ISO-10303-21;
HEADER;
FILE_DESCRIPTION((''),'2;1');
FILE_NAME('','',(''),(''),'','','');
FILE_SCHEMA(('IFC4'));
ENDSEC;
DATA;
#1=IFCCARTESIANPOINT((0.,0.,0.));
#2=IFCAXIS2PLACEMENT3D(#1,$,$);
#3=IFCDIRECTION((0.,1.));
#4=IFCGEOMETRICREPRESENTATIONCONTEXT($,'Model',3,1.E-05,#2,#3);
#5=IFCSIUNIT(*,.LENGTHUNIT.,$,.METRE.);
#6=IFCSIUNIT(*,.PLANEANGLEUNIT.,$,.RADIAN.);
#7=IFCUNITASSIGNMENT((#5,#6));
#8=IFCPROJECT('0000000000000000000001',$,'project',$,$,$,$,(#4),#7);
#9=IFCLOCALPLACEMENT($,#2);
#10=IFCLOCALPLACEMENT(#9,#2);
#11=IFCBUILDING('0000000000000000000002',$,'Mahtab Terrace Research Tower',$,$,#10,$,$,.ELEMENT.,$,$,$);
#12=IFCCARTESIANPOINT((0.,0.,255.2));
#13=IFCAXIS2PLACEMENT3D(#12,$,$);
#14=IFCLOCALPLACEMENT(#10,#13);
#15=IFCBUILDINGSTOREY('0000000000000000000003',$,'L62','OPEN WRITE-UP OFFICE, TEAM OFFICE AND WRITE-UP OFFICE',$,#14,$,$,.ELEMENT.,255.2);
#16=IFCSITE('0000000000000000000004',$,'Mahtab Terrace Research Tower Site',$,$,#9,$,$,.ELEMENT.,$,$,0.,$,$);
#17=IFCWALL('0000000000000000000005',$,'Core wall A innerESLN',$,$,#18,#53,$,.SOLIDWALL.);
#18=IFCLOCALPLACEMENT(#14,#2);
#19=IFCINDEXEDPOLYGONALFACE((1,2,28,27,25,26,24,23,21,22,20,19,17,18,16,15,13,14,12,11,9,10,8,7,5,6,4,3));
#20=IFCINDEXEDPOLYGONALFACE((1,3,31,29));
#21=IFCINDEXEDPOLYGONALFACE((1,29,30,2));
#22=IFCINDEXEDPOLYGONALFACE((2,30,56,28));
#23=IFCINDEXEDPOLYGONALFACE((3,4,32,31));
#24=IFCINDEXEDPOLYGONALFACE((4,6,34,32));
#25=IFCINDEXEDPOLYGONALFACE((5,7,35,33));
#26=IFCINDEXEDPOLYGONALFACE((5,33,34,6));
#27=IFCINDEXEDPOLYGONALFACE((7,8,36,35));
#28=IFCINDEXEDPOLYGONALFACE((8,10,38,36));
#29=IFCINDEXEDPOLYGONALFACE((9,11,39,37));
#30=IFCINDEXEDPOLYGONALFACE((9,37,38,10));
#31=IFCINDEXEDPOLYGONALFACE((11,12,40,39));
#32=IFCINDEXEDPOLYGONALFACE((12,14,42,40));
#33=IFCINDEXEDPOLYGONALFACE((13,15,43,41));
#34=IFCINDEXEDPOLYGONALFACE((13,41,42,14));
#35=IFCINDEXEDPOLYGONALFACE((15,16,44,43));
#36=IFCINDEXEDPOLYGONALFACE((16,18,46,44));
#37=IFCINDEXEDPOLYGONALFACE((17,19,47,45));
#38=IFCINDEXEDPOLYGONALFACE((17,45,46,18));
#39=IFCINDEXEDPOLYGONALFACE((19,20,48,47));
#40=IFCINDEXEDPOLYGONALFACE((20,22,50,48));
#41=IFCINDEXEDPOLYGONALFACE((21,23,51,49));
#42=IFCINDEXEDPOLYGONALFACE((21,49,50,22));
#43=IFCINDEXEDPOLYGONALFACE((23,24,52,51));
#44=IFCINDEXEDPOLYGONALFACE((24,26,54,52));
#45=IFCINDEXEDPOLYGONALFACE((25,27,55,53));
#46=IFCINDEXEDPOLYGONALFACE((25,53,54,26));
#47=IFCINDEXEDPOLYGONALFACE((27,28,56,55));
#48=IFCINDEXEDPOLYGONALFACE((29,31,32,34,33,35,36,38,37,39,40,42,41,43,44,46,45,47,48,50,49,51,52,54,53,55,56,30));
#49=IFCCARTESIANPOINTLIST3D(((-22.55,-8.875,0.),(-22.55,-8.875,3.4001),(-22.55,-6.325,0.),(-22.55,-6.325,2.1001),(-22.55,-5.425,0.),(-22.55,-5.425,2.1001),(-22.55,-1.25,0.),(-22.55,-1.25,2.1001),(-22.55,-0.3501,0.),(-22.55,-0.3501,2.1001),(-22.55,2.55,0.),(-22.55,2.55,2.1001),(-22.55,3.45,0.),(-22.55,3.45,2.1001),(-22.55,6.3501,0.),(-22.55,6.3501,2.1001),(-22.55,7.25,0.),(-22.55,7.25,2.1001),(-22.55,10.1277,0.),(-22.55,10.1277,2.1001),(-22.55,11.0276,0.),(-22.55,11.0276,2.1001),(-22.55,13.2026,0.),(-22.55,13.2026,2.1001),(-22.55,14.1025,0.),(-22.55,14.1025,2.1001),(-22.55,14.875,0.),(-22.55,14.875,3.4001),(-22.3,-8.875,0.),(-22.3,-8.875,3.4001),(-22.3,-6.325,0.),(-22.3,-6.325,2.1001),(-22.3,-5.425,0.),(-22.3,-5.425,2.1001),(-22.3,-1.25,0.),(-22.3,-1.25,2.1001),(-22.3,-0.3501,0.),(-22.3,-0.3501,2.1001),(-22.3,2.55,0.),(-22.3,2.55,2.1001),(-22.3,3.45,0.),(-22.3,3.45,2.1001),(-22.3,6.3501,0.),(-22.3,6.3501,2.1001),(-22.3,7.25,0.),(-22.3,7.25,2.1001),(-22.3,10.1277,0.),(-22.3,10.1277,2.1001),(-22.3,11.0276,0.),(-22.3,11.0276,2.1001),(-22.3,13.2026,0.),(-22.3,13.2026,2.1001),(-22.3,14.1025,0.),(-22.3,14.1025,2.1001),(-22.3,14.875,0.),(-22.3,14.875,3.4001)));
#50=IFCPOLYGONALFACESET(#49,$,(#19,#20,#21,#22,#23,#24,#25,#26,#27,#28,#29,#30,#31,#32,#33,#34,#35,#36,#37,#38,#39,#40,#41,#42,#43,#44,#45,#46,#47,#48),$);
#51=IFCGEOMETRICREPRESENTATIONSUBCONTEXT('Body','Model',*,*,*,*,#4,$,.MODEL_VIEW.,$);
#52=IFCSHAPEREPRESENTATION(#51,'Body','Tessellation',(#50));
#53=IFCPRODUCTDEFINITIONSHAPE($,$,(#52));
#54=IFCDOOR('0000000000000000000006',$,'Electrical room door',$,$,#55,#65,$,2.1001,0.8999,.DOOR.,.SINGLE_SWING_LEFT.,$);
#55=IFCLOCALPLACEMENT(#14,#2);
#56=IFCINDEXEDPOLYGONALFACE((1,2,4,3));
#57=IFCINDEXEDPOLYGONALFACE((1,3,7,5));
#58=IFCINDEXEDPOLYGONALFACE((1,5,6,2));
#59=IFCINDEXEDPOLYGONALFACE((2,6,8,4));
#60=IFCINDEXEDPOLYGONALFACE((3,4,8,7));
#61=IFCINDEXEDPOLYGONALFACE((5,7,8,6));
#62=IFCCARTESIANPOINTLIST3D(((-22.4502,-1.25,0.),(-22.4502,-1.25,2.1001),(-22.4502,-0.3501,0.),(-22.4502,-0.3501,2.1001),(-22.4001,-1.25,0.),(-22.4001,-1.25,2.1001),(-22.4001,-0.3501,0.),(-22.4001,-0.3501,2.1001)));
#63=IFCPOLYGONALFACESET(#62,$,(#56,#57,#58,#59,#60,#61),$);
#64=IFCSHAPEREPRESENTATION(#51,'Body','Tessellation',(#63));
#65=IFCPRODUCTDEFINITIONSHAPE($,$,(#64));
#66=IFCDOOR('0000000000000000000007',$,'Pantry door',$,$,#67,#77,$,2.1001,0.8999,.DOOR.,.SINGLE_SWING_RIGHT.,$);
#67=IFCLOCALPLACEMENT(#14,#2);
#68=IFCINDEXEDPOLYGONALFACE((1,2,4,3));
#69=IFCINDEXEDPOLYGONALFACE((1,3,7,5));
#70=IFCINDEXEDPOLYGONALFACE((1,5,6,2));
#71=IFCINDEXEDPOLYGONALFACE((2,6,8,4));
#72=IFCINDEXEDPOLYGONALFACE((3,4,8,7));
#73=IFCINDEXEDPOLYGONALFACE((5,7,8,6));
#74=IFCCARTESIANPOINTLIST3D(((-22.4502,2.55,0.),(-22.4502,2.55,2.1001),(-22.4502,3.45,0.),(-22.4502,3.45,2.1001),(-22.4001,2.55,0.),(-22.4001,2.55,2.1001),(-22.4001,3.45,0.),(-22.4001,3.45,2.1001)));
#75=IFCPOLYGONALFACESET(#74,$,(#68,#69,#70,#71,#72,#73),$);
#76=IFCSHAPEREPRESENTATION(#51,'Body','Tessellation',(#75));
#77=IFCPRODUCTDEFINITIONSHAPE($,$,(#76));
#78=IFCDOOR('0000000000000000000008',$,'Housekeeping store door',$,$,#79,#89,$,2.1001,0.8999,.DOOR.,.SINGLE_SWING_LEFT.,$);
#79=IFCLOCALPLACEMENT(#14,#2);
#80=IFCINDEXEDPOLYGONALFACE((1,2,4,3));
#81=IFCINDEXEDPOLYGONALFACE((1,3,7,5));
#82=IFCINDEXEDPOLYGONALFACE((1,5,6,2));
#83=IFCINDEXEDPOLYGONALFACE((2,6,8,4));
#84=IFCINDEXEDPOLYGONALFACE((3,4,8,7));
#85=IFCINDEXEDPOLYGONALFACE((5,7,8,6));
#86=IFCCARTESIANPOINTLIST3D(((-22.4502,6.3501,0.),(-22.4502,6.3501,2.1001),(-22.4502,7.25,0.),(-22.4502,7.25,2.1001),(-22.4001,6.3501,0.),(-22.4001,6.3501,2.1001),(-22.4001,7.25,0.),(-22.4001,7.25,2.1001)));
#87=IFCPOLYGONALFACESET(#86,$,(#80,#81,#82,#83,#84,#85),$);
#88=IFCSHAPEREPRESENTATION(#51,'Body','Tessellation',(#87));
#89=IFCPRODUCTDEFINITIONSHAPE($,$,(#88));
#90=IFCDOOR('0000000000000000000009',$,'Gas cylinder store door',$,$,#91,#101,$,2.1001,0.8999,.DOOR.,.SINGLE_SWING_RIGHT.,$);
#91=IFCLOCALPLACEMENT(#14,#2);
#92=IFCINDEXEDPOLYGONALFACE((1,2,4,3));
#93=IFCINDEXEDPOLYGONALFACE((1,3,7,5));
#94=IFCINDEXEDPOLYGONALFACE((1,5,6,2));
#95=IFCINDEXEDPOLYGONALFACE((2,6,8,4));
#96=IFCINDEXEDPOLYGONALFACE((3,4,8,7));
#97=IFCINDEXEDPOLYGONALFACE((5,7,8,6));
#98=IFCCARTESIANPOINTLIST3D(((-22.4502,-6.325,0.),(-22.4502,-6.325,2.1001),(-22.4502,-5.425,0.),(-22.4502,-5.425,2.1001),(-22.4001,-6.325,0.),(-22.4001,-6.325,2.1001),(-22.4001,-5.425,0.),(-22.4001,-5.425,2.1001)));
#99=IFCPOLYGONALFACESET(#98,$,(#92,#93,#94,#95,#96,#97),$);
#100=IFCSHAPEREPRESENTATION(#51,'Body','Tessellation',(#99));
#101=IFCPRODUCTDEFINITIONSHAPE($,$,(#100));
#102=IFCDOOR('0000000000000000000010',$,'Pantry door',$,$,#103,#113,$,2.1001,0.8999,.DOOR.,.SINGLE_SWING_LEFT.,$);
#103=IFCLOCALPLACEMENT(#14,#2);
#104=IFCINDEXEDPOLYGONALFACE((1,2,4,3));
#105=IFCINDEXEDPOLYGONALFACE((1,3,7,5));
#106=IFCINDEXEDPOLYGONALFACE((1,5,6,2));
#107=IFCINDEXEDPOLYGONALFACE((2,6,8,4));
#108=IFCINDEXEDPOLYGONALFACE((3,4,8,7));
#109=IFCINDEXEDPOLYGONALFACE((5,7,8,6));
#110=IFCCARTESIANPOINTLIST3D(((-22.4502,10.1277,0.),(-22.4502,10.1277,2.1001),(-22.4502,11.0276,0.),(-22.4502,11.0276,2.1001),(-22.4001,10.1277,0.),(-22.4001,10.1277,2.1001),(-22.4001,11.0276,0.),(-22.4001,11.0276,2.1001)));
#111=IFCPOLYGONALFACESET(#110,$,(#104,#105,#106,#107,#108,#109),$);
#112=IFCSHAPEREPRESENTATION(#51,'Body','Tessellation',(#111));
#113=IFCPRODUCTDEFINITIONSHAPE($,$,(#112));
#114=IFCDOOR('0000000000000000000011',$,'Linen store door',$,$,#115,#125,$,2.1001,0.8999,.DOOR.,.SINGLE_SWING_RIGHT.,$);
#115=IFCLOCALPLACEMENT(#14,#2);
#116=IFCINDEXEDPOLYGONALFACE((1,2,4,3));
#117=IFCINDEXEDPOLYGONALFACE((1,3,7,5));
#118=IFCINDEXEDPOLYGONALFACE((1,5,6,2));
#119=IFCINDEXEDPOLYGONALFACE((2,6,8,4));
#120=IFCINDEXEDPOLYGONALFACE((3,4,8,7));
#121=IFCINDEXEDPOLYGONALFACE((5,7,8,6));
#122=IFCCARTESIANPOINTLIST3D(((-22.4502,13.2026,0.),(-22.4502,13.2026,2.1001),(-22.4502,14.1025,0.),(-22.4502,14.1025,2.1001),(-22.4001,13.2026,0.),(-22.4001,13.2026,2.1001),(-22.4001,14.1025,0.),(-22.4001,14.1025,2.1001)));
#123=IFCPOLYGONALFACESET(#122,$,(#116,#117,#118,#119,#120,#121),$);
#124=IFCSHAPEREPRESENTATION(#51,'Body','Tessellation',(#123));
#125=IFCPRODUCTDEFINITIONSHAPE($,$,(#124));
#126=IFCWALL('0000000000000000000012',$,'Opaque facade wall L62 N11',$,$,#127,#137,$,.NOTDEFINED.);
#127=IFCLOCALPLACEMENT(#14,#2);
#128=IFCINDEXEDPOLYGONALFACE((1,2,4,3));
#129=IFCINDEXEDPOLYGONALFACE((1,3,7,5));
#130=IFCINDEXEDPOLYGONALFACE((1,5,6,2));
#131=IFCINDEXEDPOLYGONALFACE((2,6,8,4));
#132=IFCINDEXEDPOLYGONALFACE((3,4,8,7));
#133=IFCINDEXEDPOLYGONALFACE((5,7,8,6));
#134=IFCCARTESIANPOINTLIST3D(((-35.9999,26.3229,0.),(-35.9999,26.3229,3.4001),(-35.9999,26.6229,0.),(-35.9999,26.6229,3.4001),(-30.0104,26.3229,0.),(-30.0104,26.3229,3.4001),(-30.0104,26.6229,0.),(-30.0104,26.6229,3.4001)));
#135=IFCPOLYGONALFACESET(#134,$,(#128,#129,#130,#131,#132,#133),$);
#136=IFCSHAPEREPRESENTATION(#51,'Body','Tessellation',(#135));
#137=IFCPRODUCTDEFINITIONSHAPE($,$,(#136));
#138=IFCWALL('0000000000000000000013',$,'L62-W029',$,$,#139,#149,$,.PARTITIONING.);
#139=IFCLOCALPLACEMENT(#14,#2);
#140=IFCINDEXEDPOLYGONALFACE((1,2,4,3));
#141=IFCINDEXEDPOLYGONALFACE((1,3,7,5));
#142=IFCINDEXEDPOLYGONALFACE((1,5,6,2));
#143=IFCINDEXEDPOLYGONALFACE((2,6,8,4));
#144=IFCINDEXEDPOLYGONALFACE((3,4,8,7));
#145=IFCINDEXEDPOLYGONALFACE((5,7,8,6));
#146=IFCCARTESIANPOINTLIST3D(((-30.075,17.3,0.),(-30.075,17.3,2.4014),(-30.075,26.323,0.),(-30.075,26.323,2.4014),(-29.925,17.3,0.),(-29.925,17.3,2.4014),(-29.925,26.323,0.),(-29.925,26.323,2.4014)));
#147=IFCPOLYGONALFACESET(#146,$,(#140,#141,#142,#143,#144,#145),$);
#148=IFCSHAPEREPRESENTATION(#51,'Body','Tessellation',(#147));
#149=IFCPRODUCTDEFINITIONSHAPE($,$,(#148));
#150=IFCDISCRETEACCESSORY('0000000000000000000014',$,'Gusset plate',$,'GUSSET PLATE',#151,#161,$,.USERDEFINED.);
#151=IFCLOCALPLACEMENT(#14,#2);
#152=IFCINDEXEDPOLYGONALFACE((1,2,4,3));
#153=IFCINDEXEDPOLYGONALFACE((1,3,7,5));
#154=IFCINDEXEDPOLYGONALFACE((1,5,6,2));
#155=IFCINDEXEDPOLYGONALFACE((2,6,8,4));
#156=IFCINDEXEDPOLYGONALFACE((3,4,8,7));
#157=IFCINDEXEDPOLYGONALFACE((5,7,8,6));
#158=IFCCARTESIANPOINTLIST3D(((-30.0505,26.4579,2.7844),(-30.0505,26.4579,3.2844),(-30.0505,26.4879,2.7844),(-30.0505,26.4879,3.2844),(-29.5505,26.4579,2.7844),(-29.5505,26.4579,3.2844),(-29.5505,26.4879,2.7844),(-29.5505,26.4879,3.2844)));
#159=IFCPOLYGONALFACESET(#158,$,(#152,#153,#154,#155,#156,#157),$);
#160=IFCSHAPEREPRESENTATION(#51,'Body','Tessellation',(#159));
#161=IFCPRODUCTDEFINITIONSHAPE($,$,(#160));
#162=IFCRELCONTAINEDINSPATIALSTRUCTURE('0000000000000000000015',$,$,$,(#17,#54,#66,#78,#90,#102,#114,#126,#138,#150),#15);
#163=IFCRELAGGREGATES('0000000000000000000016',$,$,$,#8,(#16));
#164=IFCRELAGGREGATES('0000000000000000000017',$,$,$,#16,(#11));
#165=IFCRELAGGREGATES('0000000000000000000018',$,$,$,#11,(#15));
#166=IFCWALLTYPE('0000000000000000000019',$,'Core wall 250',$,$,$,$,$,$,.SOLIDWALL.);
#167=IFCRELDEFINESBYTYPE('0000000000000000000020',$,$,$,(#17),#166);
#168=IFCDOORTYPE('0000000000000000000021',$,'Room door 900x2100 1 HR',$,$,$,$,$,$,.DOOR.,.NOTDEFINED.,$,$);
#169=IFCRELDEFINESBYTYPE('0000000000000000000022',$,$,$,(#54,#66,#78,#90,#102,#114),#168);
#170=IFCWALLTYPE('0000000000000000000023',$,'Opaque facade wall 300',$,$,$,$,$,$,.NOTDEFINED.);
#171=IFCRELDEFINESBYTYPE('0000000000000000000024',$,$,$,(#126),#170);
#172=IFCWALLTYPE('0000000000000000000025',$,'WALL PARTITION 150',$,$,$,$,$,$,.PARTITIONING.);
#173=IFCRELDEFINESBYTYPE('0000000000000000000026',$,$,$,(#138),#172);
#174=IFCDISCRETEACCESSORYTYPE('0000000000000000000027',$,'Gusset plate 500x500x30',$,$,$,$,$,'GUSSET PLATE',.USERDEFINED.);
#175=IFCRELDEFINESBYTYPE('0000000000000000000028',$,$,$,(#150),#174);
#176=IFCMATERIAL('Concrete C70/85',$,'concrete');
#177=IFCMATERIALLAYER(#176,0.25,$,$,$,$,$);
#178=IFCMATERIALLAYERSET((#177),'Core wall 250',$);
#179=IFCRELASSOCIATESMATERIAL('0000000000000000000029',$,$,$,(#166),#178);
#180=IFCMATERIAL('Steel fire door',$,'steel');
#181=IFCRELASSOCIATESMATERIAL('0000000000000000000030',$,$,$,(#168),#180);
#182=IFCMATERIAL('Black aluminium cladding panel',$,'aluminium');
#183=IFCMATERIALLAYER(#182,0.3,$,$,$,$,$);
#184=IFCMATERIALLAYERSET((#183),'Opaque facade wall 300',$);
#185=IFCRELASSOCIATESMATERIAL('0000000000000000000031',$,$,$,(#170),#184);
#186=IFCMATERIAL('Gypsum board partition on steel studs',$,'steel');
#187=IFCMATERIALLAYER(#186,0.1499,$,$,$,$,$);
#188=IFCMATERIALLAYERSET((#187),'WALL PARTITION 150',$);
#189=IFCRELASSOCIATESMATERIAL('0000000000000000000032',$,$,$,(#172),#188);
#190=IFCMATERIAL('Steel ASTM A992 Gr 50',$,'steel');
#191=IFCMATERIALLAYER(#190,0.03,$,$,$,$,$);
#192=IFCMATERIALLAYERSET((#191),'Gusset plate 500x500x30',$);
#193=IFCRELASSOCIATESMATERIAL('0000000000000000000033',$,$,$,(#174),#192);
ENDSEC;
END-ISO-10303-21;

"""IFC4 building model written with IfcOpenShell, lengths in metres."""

from ifc_helpers import new_model, si_unit, direction, frame, frame_2d, origin, origin_2d, place, context, subcontext, project, spatial, rectangle, extrude, material, layer, layer_set, type_object, element, fill, save


model = new_model("IFC4")

# Units and contexts
model_context = context("Model", 3, precision=1e-05, world=origin(), true_north=direction((0.0, 1.0)))
body_context = subcontext(model_context, "Body", "Model", "MODEL_VIEW")
ifc_project = project(units=[si_unit("LENGTHUNIT", "METRE"), si_unit("PLANEANGLEUNIT", "RADIAN")], contexts=[model_context])

# Site, building, storey
site_placement = place(None, origin())
site = spatial("IfcSite", under=ifc_project, at=site_placement, Name="Mahtab Terrace Research Tower Site", CompositionType="ELEMENT", RefElevation=0.0)
building_placement = place(site_placement, origin())
building = spatial("IfcBuilding", under=site, at=building_placement, Name="Mahtab Terrace Research Tower", CompositionType="ELEMENT")
storey_placement = place(building_placement, frame((0.0, 0.0, 255.2)))
storey = spatial("IfcBuildingStorey", under=building, at=storey_placement, Name="L62", Description="OPEN WRITE-UP OFFICE, TEAM OFFICE AND WRITE-UP OFFICE", CompositionType="ELEMENT", Elevation=255.2)

# Shared definitions
ifc_material_1 = material(Name="Steel ASTM A992 Gr 50", Category="steel")

# Shared definitions
ifc_material_2 = material(Name="Concrete C70/85", Category="concrete")
ifc_layer_1 = layer(ifc_material_2, 0.25)
ifc_layer_set_1 = layer_set([ifc_layer_1], Name="Core wall 250")
wall_type_1 = type_object("IfcWallType", Name="Core wall 250", PredefinedType="SOLIDWALL", material=ifc_layer_set_1)

# Shared definitions
ifc_material_3 = material(Name="Steel fire door", Category="steel")

# Wall, openings, doors
wall_1_placement = place(storey_placement, frame((-22.425, 14.875, 0.0), z_axis=(0.0, 0.0, 1.0), x_axis=(0.0, -1.0, 0.0)))
wall_1 = element("IfcWall", 1, at=wall_1_placement, inside=storey, type_object=wall_type_1, Name="Core wall A innerESLN", PredefinedType="SOLIDWALL", context=body_context, shape_type="SweptSolid", body=[
    extrude(rectangle(XDim=23.75, YDim=0.25, at=frame_2d((11.875, 0.0))), origin(), (0.0, 0.0, 1.0), 3.4001),
])
opening_1_placement = place(wall_1_placement, frame((15.2251, 0.0, 0.0)))
opening_1 = element("IfcOpeningElement", 2, at=opening_1_placement, cuts=wall_1, PredefinedType="OPENING", context=body_context, shape_type="SweptSolid", body=[
    extrude(rectangle(XDim=0.8999, YDim=2.1001, at=frame_2d((0.45, 1.05))), frame((0.0, 0.135, 0.0), z_axis=(0.0, -1.0, 0.0), x_axis=(1.0, 0.0, 0.0)), (0.0, 0.0, 1.0), 0.27),
])
opening_2_placement = place(wall_1_placement, frame((11.425, 0.0, 0.0)))
opening_2 = element("IfcOpeningElement", 3, at=opening_2_placement, cuts=wall_1, PredefinedType="OPENING", context=body_context, shape_type="SweptSolid", body=[
    extrude(rectangle(XDim=0.8999, YDim=2.1001, at=frame_2d((0.45, 1.05))), frame((0.0, 0.135, 0.0), z_axis=(0.0, -1.0, 0.0), x_axis=(1.0, 0.0, 0.0)), (0.0, 0.0, 1.0), 0.27),
])
opening_3_placement = place(wall_1_placement, frame((7.625, 0.0, 0.0)))
opening_3 = element("IfcOpeningElement", 4, at=opening_3_placement, cuts=wall_1, PredefinedType="OPENING", context=body_context, shape_type="SweptSolid", body=[
    extrude(rectangle(XDim=0.8999, YDim=2.1001, at=frame_2d((0.45, 1.05))), frame((0.0, 0.135, 0.0), z_axis=(0.0, -1.0, 0.0), x_axis=(1.0, 0.0, 0.0)), (0.0, 0.0, 1.0), 0.27),
])
opening_4_placement = place(wall_1_placement, frame((20.3, 0.0, 0.0)))
opening_4 = element("IfcOpeningElement", 5, at=opening_4_placement, cuts=wall_1, PredefinedType="OPENING", context=body_context, shape_type="SweptSolid", body=[
    extrude(rectangle(XDim=0.8999, YDim=2.1001, at=frame_2d((0.45, 1.05))), frame((0.0, 0.135, 0.0), z_axis=(0.0, -1.0, 0.0), x_axis=(1.0, 0.0, 0.0)), (0.0, 0.0, 1.0), 0.27),
])
opening_5_placement = place(wall_1_placement, frame((3.8474, 0.0, 0.0)))
opening_5 = element("IfcOpeningElement", 6, at=opening_5_placement, cuts=wall_1, PredefinedType="OPENING", context=body_context, shape_type="SweptSolid", body=[
    extrude(rectangle(XDim=0.8999, YDim=2.1001, at=frame_2d((0.45, 1.05))), frame((0.0, 0.135, 0.0), z_axis=(0.0, -1.0, 0.0), x_axis=(1.0, 0.0, 0.0)), (0.0, 0.0, 1.0), 0.27),
])
opening_6_placement = place(wall_1_placement, frame((0.7725, 0.0, 0.0)))
opening_6 = element("IfcOpeningElement", 7, at=opening_6_placement, cuts=wall_1, PredefinedType="OPENING", context=body_context, shape_type="SweptSolid", body=[
    extrude(rectangle(XDim=0.8999, YDim=2.1001, at=frame_2d((0.45, 1.05))), frame((0.0, 0.135, 0.0), z_axis=(0.0, -1.0, 0.0), x_axis=(1.0, 0.0, 0.0)), (0.0, 0.0, 1.0), 0.27),
])
door_type_1 = type_object("IfcDoorType", Name="Room door 900x2100 1 HR", OperationType="NOTDEFINED", PredefinedType="DOOR", material=ifc_material_3)
door_1_placement = place(opening_1_placement, origin())
door_1 = element("IfcDoor", 8, at=door_1_placement, inside=storey, type_object=door_type_1, Name="Electrical room door", OperationType="SINGLE_SWING_LEFT", OverallHeight=2.1001, OverallWidth=0.8999, PredefinedType="DOOR", context=body_context, shape_type="SweptSolid", body=[
    extrude(rectangle(XDim=0.8999, YDim=2.1001, at=frame_2d((0.45, 1.05))), frame((0.0, 0.0249, 0.0), z_axis=(0.0, -1.0, 0.0), x_axis=(1.0, 0.0, 0.0)), (0.0, 0.0, 1.0), 0.05),
])
fill(opening_1, door_1)
door_2_placement = place(opening_2_placement, origin())
door_2 = element("IfcDoor", 9, at=door_2_placement, inside=storey, type_object=door_type_1, Name="Pantry door", OperationType="SINGLE_SWING_RIGHT", OverallHeight=2.1001, OverallWidth=0.8999, PredefinedType="DOOR", context=body_context, shape_type="SweptSolid", body=[
    extrude(rectangle(XDim=0.8999, YDim=2.1001, at=frame_2d((0.45, 1.05))), frame((0.0, 0.0249, 0.0), z_axis=(0.0, -1.0, 0.0), x_axis=(1.0, 0.0, 0.0)), (0.0, 0.0, 1.0), 0.05),
])
fill(opening_2, door_2)
door_3_placement = place(opening_3_placement, origin())
door_3 = element("IfcDoor", 10, at=door_3_placement, inside=storey, type_object=door_type_1, Name="Housekeeping store door", OperationType="SINGLE_SWING_LEFT", OverallHeight=2.1001, OverallWidth=0.8999, PredefinedType="DOOR", context=body_context, shape_type="SweptSolid", body=[
    extrude(rectangle(XDim=0.8999, YDim=2.1001, at=frame_2d((0.45, 1.05))), frame((0.0, 0.0249, 0.0), z_axis=(0.0, -1.0, 0.0), x_axis=(1.0, 0.0, 0.0)), (0.0, 0.0, 1.0), 0.05),
])
fill(opening_3, door_3)
door_4_placement = place(opening_4_placement, origin())
door_4 = element("IfcDoor", 11, at=door_4_placement, inside=storey, type_object=door_type_1, Name="Gas cylinder store door", OperationType="SINGLE_SWING_RIGHT", OverallHeight=2.1001, OverallWidth=0.8999, PredefinedType="DOOR", context=body_context, shape_type="SweptSolid", body=[
    extrude(rectangle(XDim=0.8999, YDim=2.1001, at=frame_2d((0.45, 1.05))), frame((0.0, 0.0249, 0.0), z_axis=(0.0, -1.0, 0.0), x_axis=(1.0, 0.0, 0.0)), (0.0, 0.0, 1.0), 0.05),
])
fill(opening_4, door_4)
door_5_placement = place(opening_5_placement, origin())
door_5 = element("IfcDoor", 12, at=door_5_placement, inside=storey, type_object=door_type_1, Name="Pantry door", OperationType="SINGLE_SWING_LEFT", OverallHeight=2.1001, OverallWidth=0.8999, PredefinedType="DOOR", context=body_context, shape_type="SweptSolid", body=[
    extrude(rectangle(XDim=0.8999, YDim=2.1001, at=frame_2d((0.45, 1.05))), frame((0.0, 0.0249, 0.0), z_axis=(0.0, -1.0, 0.0), x_axis=(1.0, 0.0, 0.0)), (0.0, 0.0, 1.0), 0.05),
])
fill(opening_5, door_5)
door_6_placement = place(opening_6_placement, origin())
door_6 = element("IfcDoor", 13, at=door_6_placement, inside=storey, type_object=door_type_1, Name="Linen store door", OperationType="SINGLE_SWING_RIGHT", OverallHeight=2.1001, OverallWidth=0.8999, PredefinedType="DOOR", context=body_context, shape_type="SweptSolid", body=[
    extrude(rectangle(XDim=0.8999, YDim=2.1001, at=frame_2d((0.45, 1.05))), frame((0.0, 0.0249, 0.0), z_axis=(0.0, -1.0, 0.0), x_axis=(1.0, 0.0, 0.0)), (0.0, 0.0, 1.0), 0.05),
])
fill(opening_6, door_6)

# Walls
ifc_material_4 = material(Name="Black aluminium cladding panel", Category="aluminium")
ifc_layer_2 = layer(ifc_material_4, 0.3)
ifc_layer_set_2 = layer_set([ifc_layer_2], Name="Opaque facade wall 300")
wall_type_2 = type_object("IfcWallType", Name="Opaque facade wall 300", PredefinedType="NOTDEFINED", material=ifc_layer_set_2)
wall_2_placement = place(storey_placement, frame((-30.0105, 26.4729, 0.0), z_axis=(0.0, 0.0, 1.0), x_axis=(-1.0, 0.0, 0.0)))
element("IfcWall", 14, at=wall_2_placement, inside=storey, type_object=wall_type_2, Name="Opaque facade wall L62 N11", PredefinedType="NOTDEFINED", context=body_context, shape_type="SweptSolid", body=[
    extrude(rectangle(XDim=5.9895, YDim=0.3, at=frame_2d((2.9946, 0.0))), origin(), (0.0, 0.0, 1.0), 3.4001),
])
ifc_material_5 = material(Name="Gypsum board partition on steel studs", Category="steel")
ifc_layer_3 = layer(ifc_material_5, 0.1499)
ifc_layer_set_3 = layer_set([ifc_layer_3], Name="WALL PARTITION 150")
wall_type_3 = type_object("IfcWallType", Name="WALL PARTITION 150", PredefinedType="PARTITIONING", material=ifc_layer_set_3)
wall_3_placement = place(storey_placement, frame((-30.0, 17.3, 0.0), z_axis=(0.0, 0.0, 1.0), x_axis=(0.0, 1.0, 0.0)))
element("IfcWall", 15, at=wall_3_placement, inside=storey, type_object=wall_type_3, Name="L62-W029", PredefinedType="PARTITIONING", context=body_context, shape_type="SweptSolid", body=[
    extrude(rectangle(XDim=9.0229, YDim=0.1499, at=frame_2d((4.5115, 0.0))), origin(), (0.0, 0.0, 1.0), 2.4014),
])

# Discrete accessory
ifc_layer_4 = layer(ifc_material_1, 0.03)
ifc_layer_set_4 = layer_set([ifc_layer_4], Name="Gusset plate 500x500x30")
discrete_accessory_type = type_object("IfcDiscreteAccessoryType", Name="Gusset plate 500x500x30", ElementType="GUSSET PLATE", PredefinedType="USERDEFINED", material=ifc_layer_set_4)
for number, where, z_axis, x_axis, name in (
    (16, (-29.8005, 26.4729, 2.7844), (0.0, 0.0, 1.0), (1.0, 0.0, 0.0), "Gusset plate"),
):
    element("IfcDiscreteAccessory", number, at=place(storey_placement, frame(where, z_axis=z_axis, x_axis=x_axis)), inside=storey, type_object=discrete_accessory_type, Name=name, ObjectType="GUSSET PLATE", PredefinedType="USERDEFINED", context=body_context, shape_type="SweptSolid", body=[
        extrude(rectangle(XDim=0.5, YDim=0.03, at=origin_2d()), origin(), (0.0, 0.0, 1.0), 0.5),
    ])

save(model, "model.ifc")
